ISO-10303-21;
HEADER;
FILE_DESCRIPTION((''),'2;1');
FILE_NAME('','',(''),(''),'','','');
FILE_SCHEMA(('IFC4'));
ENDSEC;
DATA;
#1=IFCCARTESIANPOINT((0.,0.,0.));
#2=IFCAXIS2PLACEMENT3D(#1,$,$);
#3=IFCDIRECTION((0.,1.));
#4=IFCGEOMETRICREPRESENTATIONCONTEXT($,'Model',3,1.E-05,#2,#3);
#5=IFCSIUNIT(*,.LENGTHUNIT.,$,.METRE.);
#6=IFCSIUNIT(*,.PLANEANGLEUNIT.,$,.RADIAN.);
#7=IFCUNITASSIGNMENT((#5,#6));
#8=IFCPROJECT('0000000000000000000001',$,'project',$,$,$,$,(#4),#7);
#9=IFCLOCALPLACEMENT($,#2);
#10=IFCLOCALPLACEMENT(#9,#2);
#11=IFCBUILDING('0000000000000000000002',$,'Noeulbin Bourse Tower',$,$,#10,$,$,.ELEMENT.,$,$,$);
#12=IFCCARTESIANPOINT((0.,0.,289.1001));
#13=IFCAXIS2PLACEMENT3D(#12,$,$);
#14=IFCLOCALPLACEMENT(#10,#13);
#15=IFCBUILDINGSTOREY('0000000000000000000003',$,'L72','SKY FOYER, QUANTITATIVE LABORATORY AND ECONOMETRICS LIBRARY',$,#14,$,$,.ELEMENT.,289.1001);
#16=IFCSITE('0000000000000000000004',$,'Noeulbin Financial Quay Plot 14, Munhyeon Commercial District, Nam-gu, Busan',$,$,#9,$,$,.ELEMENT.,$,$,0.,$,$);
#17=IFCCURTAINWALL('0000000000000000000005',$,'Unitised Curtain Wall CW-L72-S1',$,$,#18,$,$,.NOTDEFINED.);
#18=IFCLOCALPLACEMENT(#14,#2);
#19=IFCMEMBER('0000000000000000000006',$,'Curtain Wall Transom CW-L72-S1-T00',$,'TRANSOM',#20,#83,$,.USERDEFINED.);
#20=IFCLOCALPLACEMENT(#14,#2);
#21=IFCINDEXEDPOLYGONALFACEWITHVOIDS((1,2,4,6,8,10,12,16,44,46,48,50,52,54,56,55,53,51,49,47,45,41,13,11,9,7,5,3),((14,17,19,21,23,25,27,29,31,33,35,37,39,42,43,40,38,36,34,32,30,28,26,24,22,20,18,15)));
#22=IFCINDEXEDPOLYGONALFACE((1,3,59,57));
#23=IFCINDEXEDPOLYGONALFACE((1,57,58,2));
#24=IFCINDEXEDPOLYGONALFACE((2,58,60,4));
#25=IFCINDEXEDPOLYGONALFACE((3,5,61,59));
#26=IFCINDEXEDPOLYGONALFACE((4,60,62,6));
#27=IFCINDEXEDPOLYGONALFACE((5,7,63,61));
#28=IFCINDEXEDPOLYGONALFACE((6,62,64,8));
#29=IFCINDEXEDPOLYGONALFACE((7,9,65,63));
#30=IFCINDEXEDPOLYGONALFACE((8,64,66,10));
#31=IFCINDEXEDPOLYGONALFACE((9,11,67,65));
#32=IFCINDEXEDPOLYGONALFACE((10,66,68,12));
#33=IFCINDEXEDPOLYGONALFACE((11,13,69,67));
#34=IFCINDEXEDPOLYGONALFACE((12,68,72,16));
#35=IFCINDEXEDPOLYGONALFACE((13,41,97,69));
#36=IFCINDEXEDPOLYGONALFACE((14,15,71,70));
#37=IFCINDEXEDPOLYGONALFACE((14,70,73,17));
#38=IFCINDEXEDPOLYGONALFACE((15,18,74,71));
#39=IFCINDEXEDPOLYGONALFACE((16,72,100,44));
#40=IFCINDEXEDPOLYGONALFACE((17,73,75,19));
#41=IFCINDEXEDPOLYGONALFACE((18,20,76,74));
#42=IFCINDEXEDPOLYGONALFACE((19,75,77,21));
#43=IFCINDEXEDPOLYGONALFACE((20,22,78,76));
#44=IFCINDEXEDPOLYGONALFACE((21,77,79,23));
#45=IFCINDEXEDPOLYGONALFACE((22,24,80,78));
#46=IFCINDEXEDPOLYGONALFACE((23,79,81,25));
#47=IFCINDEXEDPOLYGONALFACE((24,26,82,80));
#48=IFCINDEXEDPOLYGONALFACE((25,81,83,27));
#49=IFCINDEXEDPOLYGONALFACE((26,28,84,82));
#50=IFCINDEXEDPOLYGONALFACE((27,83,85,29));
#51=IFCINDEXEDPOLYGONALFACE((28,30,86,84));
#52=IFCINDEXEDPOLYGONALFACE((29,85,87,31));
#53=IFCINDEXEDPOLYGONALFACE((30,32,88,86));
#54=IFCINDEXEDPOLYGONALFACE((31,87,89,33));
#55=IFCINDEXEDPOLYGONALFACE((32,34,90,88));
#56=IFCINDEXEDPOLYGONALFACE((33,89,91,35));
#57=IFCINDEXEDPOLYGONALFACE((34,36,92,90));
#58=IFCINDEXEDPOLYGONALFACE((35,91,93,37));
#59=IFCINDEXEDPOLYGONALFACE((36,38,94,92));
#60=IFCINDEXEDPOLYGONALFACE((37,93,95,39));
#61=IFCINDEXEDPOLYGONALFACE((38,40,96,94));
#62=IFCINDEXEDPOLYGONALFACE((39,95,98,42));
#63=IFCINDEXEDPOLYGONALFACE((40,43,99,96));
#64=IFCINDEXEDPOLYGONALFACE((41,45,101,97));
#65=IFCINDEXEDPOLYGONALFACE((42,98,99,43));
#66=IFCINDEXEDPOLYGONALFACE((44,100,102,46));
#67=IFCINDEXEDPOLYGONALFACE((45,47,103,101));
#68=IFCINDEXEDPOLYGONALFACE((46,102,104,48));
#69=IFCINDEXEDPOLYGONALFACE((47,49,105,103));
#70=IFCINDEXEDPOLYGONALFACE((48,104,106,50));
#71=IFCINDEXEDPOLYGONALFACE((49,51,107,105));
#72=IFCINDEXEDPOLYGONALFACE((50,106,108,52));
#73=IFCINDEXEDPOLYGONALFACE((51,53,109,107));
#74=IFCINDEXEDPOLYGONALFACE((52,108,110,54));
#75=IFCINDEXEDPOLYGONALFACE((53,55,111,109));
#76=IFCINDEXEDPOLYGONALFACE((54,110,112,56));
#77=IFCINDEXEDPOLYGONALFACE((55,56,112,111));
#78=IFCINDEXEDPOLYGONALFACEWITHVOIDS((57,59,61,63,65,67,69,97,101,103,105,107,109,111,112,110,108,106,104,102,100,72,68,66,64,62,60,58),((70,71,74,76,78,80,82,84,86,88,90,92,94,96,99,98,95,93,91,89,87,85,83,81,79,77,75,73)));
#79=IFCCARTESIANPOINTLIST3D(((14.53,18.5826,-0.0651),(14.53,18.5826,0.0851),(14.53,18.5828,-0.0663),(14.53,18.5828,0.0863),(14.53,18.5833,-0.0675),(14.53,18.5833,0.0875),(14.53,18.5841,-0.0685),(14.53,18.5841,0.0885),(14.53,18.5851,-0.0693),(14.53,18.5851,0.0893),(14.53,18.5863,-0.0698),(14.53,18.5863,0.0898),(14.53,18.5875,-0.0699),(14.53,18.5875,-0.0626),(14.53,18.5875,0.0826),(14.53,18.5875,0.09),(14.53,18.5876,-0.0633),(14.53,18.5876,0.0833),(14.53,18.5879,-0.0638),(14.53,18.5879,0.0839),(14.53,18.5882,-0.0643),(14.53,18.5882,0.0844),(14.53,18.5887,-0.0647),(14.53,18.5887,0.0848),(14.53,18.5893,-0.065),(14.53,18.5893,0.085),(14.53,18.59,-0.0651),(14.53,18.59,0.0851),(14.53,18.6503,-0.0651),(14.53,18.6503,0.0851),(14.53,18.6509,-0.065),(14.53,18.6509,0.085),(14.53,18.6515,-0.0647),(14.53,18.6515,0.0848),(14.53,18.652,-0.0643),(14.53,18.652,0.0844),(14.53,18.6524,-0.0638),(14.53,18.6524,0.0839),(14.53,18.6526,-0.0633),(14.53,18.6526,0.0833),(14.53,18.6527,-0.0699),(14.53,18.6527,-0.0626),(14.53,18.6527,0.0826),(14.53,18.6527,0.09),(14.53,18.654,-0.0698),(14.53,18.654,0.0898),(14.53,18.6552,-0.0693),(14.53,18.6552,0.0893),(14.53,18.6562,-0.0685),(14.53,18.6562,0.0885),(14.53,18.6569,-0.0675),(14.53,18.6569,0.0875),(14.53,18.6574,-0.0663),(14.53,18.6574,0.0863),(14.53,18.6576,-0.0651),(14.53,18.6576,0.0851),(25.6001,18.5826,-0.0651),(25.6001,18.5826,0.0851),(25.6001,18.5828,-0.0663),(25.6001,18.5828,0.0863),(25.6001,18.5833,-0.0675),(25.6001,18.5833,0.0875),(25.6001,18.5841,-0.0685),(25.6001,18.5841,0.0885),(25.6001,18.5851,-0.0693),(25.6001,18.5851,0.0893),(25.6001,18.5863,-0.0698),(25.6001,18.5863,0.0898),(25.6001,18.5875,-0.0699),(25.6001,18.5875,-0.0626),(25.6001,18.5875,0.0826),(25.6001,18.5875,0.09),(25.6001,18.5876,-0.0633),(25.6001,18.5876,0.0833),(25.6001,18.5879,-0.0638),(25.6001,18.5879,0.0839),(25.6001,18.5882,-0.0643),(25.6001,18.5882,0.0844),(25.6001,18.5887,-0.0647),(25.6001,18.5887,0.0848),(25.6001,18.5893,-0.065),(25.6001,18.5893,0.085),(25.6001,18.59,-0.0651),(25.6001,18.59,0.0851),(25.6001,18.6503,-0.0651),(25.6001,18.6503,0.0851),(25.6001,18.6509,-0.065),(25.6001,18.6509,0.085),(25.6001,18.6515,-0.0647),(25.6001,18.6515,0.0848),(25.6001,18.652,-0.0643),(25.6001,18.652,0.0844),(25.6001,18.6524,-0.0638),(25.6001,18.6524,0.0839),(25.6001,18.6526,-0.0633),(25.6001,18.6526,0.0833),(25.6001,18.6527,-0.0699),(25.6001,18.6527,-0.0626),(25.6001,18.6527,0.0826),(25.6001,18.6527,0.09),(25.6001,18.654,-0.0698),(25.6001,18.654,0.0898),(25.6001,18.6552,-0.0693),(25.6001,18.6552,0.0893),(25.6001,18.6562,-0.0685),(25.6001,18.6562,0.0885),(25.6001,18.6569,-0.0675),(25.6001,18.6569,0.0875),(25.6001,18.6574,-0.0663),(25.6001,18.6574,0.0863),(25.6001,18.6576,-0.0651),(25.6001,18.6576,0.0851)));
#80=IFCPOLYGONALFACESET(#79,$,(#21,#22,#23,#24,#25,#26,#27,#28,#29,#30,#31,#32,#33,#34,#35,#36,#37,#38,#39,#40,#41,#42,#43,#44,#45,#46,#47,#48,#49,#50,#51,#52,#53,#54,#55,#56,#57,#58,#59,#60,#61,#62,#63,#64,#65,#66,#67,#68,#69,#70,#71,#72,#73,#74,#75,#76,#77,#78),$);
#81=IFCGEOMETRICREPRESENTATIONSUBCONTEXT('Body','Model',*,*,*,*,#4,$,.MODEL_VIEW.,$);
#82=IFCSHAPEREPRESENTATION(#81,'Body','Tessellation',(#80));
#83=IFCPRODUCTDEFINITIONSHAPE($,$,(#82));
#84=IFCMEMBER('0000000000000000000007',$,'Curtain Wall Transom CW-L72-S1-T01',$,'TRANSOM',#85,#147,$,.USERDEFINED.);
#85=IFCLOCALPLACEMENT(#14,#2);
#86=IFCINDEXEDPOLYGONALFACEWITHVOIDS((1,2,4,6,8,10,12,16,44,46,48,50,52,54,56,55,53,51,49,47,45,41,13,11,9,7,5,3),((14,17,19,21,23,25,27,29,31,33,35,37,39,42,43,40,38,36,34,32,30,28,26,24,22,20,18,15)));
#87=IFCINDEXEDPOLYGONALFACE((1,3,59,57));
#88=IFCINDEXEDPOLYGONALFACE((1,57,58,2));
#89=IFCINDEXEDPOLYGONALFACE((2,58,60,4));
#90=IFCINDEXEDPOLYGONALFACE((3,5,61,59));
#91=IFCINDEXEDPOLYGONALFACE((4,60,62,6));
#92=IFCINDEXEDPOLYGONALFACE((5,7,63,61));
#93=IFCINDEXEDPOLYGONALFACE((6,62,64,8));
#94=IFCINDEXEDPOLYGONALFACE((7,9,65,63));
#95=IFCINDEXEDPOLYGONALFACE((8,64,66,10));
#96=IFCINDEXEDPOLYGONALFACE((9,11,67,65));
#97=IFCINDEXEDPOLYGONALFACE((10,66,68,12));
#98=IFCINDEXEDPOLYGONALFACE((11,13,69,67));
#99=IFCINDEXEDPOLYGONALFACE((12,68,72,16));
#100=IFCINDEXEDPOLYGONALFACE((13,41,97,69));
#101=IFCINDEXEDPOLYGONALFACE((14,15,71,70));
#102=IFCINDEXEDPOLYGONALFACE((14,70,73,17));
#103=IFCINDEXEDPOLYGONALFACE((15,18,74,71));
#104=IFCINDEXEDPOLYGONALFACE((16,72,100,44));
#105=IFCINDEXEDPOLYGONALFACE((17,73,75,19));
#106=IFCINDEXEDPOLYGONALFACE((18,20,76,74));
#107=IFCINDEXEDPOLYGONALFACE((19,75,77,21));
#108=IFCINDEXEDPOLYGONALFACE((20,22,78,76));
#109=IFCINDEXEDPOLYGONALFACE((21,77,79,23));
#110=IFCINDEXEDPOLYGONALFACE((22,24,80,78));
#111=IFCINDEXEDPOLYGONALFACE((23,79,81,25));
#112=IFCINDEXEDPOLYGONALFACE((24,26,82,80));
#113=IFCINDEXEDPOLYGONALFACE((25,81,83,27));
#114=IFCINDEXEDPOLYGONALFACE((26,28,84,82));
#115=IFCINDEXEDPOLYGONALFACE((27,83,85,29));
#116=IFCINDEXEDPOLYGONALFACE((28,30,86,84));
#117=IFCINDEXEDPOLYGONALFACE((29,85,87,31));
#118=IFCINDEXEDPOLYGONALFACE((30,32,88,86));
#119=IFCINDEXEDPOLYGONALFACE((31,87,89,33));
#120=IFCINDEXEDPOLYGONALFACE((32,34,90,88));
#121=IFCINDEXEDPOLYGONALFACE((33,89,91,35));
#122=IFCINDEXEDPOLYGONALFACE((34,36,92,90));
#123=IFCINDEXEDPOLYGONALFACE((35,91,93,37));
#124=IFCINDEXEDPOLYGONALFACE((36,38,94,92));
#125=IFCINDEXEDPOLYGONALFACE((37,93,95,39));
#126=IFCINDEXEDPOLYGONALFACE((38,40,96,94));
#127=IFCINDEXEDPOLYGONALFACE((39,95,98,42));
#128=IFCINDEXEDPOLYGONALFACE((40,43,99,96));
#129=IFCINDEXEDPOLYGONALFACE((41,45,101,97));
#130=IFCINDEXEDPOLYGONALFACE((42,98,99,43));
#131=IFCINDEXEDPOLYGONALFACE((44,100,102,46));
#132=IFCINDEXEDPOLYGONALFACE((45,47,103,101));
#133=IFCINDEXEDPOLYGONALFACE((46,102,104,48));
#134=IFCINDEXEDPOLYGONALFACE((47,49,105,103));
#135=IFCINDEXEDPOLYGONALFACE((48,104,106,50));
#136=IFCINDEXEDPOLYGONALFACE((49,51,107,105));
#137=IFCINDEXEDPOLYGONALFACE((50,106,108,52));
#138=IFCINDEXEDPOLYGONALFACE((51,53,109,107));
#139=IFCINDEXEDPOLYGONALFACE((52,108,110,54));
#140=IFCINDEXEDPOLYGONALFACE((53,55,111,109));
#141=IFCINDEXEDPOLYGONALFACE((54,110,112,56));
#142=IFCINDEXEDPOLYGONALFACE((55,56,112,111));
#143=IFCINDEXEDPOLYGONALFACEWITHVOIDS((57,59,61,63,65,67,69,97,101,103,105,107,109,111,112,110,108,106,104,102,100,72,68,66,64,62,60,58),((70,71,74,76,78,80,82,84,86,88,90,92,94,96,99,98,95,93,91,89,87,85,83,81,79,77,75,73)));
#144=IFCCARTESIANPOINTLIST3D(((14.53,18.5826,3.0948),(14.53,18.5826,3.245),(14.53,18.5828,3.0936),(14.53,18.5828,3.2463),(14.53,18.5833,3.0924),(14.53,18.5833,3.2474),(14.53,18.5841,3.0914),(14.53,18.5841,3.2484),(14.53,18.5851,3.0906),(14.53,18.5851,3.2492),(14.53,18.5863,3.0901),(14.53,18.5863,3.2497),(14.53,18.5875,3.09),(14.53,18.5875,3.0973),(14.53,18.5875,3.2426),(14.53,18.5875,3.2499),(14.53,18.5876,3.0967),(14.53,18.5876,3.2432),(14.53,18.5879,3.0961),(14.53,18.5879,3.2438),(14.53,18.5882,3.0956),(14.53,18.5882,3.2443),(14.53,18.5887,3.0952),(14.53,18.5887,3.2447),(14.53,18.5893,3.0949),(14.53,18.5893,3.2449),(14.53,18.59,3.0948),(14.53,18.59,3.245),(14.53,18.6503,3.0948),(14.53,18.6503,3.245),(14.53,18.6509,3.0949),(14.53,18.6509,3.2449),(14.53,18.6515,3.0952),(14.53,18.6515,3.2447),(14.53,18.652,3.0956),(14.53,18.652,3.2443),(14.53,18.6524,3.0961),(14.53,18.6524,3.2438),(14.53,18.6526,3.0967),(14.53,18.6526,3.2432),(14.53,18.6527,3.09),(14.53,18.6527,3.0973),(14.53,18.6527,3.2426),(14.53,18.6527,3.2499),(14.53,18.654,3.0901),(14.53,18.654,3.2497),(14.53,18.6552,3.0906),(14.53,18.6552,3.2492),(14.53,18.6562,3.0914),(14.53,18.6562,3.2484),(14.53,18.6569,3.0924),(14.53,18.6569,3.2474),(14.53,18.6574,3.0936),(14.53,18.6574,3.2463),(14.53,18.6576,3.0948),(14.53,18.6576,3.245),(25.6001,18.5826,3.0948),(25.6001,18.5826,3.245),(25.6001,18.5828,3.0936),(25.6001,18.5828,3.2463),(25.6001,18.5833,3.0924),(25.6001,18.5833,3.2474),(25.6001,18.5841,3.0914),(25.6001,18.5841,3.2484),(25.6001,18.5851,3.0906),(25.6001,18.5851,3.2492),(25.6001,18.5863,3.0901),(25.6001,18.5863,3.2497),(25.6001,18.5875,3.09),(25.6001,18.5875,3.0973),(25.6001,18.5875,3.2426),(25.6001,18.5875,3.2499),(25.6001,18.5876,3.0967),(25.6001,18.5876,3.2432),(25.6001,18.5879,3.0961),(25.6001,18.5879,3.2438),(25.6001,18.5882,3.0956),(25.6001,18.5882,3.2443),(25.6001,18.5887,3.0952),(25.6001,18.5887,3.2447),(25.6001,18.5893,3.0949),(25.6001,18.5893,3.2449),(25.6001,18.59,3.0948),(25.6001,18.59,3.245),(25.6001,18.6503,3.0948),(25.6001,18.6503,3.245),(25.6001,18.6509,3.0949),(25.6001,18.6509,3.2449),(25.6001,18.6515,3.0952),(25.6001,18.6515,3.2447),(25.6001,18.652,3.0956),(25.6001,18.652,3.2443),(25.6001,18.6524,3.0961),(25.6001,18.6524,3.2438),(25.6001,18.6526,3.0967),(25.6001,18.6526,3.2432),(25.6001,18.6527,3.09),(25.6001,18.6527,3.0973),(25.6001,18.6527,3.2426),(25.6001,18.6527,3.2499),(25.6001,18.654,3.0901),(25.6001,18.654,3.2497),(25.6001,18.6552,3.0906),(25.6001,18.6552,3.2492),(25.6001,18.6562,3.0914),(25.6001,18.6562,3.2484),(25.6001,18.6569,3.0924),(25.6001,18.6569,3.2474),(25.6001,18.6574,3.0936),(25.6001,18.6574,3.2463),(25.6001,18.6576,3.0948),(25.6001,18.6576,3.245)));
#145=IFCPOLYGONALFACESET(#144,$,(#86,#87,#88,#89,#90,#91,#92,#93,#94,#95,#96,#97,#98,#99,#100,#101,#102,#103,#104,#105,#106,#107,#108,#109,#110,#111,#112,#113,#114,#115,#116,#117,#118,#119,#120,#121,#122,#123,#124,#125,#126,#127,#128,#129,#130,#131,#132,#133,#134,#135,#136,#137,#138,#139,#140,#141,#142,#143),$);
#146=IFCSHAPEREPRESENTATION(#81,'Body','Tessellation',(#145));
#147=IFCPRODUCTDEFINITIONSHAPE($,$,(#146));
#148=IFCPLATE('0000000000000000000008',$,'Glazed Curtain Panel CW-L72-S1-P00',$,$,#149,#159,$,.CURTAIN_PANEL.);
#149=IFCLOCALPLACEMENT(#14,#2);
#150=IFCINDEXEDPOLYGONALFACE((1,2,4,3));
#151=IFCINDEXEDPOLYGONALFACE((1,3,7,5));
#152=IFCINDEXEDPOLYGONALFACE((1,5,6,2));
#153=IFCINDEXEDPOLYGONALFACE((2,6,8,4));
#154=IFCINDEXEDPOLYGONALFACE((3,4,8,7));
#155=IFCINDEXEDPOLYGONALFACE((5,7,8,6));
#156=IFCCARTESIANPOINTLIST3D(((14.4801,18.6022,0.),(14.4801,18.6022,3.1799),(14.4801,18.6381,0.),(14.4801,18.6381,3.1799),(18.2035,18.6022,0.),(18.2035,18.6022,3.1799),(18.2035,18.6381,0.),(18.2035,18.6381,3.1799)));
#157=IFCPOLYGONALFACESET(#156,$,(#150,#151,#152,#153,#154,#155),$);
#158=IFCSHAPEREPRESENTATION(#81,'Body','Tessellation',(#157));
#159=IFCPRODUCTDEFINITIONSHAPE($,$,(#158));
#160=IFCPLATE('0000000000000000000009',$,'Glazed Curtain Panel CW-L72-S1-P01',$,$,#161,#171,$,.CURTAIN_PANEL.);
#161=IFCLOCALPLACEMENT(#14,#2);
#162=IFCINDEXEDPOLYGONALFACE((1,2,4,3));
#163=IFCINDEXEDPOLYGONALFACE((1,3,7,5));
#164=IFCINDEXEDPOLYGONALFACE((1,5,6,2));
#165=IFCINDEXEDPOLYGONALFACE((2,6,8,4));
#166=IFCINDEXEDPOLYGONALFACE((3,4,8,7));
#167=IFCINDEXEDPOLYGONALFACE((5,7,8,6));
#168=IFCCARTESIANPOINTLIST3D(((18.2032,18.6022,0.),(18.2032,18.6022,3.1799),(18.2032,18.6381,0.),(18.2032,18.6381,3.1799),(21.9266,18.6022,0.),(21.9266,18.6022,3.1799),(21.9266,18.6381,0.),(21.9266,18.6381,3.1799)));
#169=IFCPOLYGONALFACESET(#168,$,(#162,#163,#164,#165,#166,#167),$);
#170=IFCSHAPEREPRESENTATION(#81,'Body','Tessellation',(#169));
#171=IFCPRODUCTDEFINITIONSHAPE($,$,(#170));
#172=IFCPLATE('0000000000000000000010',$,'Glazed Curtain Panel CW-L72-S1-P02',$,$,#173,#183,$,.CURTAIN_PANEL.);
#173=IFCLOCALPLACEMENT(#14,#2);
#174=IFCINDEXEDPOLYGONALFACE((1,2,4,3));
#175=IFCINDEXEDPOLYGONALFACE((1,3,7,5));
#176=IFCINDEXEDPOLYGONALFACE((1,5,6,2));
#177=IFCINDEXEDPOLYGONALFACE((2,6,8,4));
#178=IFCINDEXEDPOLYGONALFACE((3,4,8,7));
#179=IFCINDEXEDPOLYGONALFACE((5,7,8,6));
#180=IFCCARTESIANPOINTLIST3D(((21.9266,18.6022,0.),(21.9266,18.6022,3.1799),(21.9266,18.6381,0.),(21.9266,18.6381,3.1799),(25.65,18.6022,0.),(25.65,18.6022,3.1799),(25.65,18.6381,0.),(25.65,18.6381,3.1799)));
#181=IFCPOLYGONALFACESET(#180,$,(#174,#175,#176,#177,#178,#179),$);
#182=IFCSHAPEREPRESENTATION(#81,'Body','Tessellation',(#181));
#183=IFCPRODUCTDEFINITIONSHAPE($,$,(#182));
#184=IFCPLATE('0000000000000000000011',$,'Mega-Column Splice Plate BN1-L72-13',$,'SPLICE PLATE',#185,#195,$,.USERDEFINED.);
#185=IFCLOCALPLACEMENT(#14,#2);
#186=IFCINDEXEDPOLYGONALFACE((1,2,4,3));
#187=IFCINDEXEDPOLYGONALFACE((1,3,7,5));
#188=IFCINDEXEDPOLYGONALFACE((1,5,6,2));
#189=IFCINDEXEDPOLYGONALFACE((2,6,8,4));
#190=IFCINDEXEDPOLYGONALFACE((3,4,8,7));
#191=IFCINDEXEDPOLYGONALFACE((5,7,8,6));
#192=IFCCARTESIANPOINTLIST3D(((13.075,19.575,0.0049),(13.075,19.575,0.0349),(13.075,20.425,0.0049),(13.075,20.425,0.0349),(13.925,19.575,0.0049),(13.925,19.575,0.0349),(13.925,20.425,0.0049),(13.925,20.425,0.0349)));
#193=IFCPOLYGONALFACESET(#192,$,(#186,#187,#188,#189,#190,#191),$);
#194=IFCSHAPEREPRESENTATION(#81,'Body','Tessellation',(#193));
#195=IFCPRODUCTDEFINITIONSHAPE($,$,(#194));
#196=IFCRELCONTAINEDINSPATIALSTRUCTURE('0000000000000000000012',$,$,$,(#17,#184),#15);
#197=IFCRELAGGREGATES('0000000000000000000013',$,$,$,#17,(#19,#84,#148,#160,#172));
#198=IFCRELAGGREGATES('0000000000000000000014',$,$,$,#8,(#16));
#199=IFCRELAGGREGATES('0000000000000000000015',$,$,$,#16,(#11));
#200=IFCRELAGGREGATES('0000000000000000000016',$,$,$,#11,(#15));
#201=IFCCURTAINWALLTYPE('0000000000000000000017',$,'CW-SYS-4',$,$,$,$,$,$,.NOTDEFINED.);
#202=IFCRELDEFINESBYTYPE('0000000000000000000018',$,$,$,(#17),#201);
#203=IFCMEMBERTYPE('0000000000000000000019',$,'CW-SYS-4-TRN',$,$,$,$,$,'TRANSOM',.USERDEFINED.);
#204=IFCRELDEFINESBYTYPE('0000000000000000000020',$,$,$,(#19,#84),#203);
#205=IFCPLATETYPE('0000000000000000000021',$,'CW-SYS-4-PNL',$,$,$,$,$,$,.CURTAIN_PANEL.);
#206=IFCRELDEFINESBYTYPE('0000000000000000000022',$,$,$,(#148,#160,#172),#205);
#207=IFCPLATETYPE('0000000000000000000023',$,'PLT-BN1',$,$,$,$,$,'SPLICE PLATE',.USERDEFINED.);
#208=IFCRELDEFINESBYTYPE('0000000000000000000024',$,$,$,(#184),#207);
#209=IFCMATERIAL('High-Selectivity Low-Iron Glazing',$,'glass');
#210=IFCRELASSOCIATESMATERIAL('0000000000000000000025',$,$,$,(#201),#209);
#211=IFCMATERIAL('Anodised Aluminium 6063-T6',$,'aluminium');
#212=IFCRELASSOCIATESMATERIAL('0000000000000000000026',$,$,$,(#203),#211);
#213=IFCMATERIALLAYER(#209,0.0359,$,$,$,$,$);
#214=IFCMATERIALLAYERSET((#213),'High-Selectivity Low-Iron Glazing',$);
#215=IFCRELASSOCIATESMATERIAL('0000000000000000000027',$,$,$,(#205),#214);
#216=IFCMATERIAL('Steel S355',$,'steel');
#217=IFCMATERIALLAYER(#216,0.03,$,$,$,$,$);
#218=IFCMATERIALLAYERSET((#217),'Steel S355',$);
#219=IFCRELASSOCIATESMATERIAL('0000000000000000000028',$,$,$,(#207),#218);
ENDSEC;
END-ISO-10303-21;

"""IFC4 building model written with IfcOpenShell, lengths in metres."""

from ifc_helpers import new_model, si_unit, direction, frame, origin, origin_2d, place, context, subcontext, project, spatial, rectangle, hollow_rectangle, extrude, material, layer, layer_set, material_profile, profile_set, type_object, element, aggregate, save


model = new_model("IFC4")

# Units and contexts
model_context = context("Model", 3, precision=1e-05, world=origin(), true_north=direction((0.0, 1.0)))
body_context = subcontext(model_context, "Body", "Model", "MODEL_VIEW")
ifc_project = project(units=[si_unit("LENGTHUNIT", "METRE"), si_unit("PLANEANGLEUNIT", "RADIAN")], contexts=[model_context])

# Site, building, storey
site_placement = place(None, origin())
site = spatial("IfcSite", under=ifc_project, at=site_placement, Name="Noeulbin Financial Quay Plot 14, Munhyeon Commercial District, Nam-gu, Busan", CompositionType="ELEMENT", RefElevation=0.0)
building_placement = place(site_placement, origin())
building = spatial("IfcBuilding", under=site, at=building_placement, Name="Noeulbin Bourse Tower", CompositionType="ELEMENT")
storey_placement = place(building_placement, frame((0.0, 0.0, 289.1001)))
storey = spatial("IfcBuildingStorey", under=building, at=storey_placement, Name="L72", Description="SKY FOYER, QUANTITATIVE LABORATORY AND ECONOMETRICS LIBRARY", CompositionType="ELEMENT", Elevation=289.1001)

# Shared definitions
ifc_material_1 = material(Name="Steel S355", Category="steel")

# Curtain wall, members, plates
ifc_material_2 = material(Name="High-Selectivity Low-Iron Glazing", Category="glass")
curtain_wall_type = type_object("IfcCurtainWallType", Name="CW-SYS-4", PredefinedType="NOTDEFINED", material=ifc_material_2)
curtain_wall_placement = place(storey_placement, origin())
curtain_wall = element("IfcCurtainWall", 1, at=curtain_wall_placement, inside=storey, type_object=curtain_wall_type, Name="Unitised Curtain Wall CW-L72-S1", PredefinedType="NOTDEFINED")
ifc_material_3 = material(Name="Anodised Aluminium 6063-T6", Category="aluminium")
ifc_material_profile_1 = material_profile(ifc_material_3, hollow_rectangle(XDim=0.075, YDim=0.1599, WallThickness=0.0049, InnerFilletRadius=0.0024, OuterFilletRadius=0.0049, at=origin_2d()), Name="ALU-TRAN-75x160x5", Category="LoadBearing")
ifc_profile_set_1 = profile_set([ifc_material_profile_1], Name="Anodised Aluminium 6063-T6")
member_type_1 = type_object("IfcMemberType", Name="CW-SYS-4-TRN", ElementType="TRANSOM", PredefinedType="USERDEFINED", material=ifc_profile_set_1)
member_1_placement = place(storey_placement, frame((14.53, 18.6201, 0.01), z_axis=(1.0, 0.0, 0.0), x_axis=(0.0, 1.0, 0.0)))
member_1 = element("IfcMember", 2, at=member_1_placement, type_object=member_type_1, Name="Curtain Wall Transom CW-L72-S1-T00", ObjectType="TRANSOM", PredefinedType="USERDEFINED", context=body_context, shape_type="SweptSolid", body=[
    extrude(hollow_rectangle(XDim=0.075, YDim=0.1599, WallThickness=0.0049, InnerFilletRadius=0.0024, OuterFilletRadius=0.0049, at=origin_2d()), origin(), (0.0, 0.0, 1.0), 11.0701),
])
member_2_placement = place(storey_placement, frame((14.53, 18.6201, 3.1699), z_axis=(1.0, 0.0, 0.0), x_axis=(0.0, 1.0, 0.0)))
member_2 = element("IfcMember", 3, at=member_2_placement, type_object=member_type_1, Name="Curtain Wall Transom CW-L72-S1-T01", ObjectType="TRANSOM", PredefinedType="USERDEFINED", context=body_context, shape_type="SweptSolid", body=[
    extrude(hollow_rectangle(XDim=0.075, YDim=0.1599, WallThickness=0.0049, InnerFilletRadius=0.0024, OuterFilletRadius=0.0049, at=origin_2d()), origin(), (0.0, 0.0, 1.0), 11.0701),
])
ifc_layer_1 = layer(ifc_material_2, 0.0359)
ifc_layer_set_1 = layer_set([ifc_layer_1], Name="High-Selectivity Low-Iron Glazing")
plate_type_1 = type_object("IfcPlateType", Name="CW-SYS-4-PNL", PredefinedType="CURTAIN_PANEL", material=ifc_layer_set_1)
plate_1_placement = place(storey_placement, frame((16.3418, 18.6201, 0.0), z_axis=(0.0, 0.0, 1.0), x_axis=(1.0, 0.0, 0.0)))
plate_1 = element("IfcPlate", 4, at=plate_1_placement, type_object=plate_type_1, Name="Glazed Curtain Panel CW-L72-S1-P00", PredefinedType="CURTAIN_PANEL", context=body_context, shape_type="SweptSolid", body=[
    extrude(rectangle(XDim=3.7234, YDim=0.0359, at=origin_2d()), origin(), (0.0, 0.0, 1.0), 3.1799),
])
plate_2_placement = place(storey_placement, frame((20.0649, 18.6201, 0.0), z_axis=(0.0, 0.0, 1.0), x_axis=(1.0, 0.0, 0.0)))
plate_2 = element("IfcPlate", 5, at=plate_2_placement, type_object=plate_type_1, Name="Glazed Curtain Panel CW-L72-S1-P01", PredefinedType="CURTAIN_PANEL", context=body_context, shape_type="SweptSolid", body=[
    extrude(rectangle(XDim=3.7234, YDim=0.0359, at=origin_2d()), origin(), (0.0, 0.0, 1.0), 3.1799),
])
plate_3_placement = place(storey_placement, frame((23.7883, 18.6201, 0.0), z_axis=(0.0, 0.0, 1.0), x_axis=(1.0, 0.0, 0.0)))
plate_3 = element("IfcPlate", 6, at=plate_3_placement, type_object=plate_type_1, Name="Glazed Curtain Panel CW-L72-S1-P02", PredefinedType="CURTAIN_PANEL", context=body_context, shape_type="SweptSolid", body=[
    extrude(rectangle(XDim=3.7234, YDim=0.0359, at=origin_2d()), origin(), (0.0, 0.0, 1.0), 3.1799),
])
aggregate(curtain_wall, [member_1, member_2, plate_1, plate_2, plate_3])

# Plate
ifc_layer_2 = layer(ifc_material_1, 0.03)
ifc_layer_set_2 = layer_set([ifc_layer_2], Name="Steel S355")
plate_type_2 = type_object("IfcPlateType", Name="PLT-BN1", ElementType="SPLICE PLATE", PredefinedType="USERDEFINED", material=ifc_layer_set_2)
plate_4_placement = place(storey_placement, frame((13.5, 20.0, 0.0049), z_axis=(0.0, 0.0, 1.0), x_axis=(1.0, 0.0, 0.0)))
element("IfcPlate", 7, at=plate_4_placement, inside=storey, type_object=plate_type_2, Name="Mega-Column Splice Plate BN1-L72-13", ObjectType="SPLICE PLATE", PredefinedType="USERDEFINED", context=body_context, shape_type="SweptSolid", body=[
    extrude(rectangle(XDim=0.8501, YDim=0.8501, at=origin_2d()), origin(), (0.0, 0.0, 1.0), 0.03),
])

save(model, "model.ifc")
